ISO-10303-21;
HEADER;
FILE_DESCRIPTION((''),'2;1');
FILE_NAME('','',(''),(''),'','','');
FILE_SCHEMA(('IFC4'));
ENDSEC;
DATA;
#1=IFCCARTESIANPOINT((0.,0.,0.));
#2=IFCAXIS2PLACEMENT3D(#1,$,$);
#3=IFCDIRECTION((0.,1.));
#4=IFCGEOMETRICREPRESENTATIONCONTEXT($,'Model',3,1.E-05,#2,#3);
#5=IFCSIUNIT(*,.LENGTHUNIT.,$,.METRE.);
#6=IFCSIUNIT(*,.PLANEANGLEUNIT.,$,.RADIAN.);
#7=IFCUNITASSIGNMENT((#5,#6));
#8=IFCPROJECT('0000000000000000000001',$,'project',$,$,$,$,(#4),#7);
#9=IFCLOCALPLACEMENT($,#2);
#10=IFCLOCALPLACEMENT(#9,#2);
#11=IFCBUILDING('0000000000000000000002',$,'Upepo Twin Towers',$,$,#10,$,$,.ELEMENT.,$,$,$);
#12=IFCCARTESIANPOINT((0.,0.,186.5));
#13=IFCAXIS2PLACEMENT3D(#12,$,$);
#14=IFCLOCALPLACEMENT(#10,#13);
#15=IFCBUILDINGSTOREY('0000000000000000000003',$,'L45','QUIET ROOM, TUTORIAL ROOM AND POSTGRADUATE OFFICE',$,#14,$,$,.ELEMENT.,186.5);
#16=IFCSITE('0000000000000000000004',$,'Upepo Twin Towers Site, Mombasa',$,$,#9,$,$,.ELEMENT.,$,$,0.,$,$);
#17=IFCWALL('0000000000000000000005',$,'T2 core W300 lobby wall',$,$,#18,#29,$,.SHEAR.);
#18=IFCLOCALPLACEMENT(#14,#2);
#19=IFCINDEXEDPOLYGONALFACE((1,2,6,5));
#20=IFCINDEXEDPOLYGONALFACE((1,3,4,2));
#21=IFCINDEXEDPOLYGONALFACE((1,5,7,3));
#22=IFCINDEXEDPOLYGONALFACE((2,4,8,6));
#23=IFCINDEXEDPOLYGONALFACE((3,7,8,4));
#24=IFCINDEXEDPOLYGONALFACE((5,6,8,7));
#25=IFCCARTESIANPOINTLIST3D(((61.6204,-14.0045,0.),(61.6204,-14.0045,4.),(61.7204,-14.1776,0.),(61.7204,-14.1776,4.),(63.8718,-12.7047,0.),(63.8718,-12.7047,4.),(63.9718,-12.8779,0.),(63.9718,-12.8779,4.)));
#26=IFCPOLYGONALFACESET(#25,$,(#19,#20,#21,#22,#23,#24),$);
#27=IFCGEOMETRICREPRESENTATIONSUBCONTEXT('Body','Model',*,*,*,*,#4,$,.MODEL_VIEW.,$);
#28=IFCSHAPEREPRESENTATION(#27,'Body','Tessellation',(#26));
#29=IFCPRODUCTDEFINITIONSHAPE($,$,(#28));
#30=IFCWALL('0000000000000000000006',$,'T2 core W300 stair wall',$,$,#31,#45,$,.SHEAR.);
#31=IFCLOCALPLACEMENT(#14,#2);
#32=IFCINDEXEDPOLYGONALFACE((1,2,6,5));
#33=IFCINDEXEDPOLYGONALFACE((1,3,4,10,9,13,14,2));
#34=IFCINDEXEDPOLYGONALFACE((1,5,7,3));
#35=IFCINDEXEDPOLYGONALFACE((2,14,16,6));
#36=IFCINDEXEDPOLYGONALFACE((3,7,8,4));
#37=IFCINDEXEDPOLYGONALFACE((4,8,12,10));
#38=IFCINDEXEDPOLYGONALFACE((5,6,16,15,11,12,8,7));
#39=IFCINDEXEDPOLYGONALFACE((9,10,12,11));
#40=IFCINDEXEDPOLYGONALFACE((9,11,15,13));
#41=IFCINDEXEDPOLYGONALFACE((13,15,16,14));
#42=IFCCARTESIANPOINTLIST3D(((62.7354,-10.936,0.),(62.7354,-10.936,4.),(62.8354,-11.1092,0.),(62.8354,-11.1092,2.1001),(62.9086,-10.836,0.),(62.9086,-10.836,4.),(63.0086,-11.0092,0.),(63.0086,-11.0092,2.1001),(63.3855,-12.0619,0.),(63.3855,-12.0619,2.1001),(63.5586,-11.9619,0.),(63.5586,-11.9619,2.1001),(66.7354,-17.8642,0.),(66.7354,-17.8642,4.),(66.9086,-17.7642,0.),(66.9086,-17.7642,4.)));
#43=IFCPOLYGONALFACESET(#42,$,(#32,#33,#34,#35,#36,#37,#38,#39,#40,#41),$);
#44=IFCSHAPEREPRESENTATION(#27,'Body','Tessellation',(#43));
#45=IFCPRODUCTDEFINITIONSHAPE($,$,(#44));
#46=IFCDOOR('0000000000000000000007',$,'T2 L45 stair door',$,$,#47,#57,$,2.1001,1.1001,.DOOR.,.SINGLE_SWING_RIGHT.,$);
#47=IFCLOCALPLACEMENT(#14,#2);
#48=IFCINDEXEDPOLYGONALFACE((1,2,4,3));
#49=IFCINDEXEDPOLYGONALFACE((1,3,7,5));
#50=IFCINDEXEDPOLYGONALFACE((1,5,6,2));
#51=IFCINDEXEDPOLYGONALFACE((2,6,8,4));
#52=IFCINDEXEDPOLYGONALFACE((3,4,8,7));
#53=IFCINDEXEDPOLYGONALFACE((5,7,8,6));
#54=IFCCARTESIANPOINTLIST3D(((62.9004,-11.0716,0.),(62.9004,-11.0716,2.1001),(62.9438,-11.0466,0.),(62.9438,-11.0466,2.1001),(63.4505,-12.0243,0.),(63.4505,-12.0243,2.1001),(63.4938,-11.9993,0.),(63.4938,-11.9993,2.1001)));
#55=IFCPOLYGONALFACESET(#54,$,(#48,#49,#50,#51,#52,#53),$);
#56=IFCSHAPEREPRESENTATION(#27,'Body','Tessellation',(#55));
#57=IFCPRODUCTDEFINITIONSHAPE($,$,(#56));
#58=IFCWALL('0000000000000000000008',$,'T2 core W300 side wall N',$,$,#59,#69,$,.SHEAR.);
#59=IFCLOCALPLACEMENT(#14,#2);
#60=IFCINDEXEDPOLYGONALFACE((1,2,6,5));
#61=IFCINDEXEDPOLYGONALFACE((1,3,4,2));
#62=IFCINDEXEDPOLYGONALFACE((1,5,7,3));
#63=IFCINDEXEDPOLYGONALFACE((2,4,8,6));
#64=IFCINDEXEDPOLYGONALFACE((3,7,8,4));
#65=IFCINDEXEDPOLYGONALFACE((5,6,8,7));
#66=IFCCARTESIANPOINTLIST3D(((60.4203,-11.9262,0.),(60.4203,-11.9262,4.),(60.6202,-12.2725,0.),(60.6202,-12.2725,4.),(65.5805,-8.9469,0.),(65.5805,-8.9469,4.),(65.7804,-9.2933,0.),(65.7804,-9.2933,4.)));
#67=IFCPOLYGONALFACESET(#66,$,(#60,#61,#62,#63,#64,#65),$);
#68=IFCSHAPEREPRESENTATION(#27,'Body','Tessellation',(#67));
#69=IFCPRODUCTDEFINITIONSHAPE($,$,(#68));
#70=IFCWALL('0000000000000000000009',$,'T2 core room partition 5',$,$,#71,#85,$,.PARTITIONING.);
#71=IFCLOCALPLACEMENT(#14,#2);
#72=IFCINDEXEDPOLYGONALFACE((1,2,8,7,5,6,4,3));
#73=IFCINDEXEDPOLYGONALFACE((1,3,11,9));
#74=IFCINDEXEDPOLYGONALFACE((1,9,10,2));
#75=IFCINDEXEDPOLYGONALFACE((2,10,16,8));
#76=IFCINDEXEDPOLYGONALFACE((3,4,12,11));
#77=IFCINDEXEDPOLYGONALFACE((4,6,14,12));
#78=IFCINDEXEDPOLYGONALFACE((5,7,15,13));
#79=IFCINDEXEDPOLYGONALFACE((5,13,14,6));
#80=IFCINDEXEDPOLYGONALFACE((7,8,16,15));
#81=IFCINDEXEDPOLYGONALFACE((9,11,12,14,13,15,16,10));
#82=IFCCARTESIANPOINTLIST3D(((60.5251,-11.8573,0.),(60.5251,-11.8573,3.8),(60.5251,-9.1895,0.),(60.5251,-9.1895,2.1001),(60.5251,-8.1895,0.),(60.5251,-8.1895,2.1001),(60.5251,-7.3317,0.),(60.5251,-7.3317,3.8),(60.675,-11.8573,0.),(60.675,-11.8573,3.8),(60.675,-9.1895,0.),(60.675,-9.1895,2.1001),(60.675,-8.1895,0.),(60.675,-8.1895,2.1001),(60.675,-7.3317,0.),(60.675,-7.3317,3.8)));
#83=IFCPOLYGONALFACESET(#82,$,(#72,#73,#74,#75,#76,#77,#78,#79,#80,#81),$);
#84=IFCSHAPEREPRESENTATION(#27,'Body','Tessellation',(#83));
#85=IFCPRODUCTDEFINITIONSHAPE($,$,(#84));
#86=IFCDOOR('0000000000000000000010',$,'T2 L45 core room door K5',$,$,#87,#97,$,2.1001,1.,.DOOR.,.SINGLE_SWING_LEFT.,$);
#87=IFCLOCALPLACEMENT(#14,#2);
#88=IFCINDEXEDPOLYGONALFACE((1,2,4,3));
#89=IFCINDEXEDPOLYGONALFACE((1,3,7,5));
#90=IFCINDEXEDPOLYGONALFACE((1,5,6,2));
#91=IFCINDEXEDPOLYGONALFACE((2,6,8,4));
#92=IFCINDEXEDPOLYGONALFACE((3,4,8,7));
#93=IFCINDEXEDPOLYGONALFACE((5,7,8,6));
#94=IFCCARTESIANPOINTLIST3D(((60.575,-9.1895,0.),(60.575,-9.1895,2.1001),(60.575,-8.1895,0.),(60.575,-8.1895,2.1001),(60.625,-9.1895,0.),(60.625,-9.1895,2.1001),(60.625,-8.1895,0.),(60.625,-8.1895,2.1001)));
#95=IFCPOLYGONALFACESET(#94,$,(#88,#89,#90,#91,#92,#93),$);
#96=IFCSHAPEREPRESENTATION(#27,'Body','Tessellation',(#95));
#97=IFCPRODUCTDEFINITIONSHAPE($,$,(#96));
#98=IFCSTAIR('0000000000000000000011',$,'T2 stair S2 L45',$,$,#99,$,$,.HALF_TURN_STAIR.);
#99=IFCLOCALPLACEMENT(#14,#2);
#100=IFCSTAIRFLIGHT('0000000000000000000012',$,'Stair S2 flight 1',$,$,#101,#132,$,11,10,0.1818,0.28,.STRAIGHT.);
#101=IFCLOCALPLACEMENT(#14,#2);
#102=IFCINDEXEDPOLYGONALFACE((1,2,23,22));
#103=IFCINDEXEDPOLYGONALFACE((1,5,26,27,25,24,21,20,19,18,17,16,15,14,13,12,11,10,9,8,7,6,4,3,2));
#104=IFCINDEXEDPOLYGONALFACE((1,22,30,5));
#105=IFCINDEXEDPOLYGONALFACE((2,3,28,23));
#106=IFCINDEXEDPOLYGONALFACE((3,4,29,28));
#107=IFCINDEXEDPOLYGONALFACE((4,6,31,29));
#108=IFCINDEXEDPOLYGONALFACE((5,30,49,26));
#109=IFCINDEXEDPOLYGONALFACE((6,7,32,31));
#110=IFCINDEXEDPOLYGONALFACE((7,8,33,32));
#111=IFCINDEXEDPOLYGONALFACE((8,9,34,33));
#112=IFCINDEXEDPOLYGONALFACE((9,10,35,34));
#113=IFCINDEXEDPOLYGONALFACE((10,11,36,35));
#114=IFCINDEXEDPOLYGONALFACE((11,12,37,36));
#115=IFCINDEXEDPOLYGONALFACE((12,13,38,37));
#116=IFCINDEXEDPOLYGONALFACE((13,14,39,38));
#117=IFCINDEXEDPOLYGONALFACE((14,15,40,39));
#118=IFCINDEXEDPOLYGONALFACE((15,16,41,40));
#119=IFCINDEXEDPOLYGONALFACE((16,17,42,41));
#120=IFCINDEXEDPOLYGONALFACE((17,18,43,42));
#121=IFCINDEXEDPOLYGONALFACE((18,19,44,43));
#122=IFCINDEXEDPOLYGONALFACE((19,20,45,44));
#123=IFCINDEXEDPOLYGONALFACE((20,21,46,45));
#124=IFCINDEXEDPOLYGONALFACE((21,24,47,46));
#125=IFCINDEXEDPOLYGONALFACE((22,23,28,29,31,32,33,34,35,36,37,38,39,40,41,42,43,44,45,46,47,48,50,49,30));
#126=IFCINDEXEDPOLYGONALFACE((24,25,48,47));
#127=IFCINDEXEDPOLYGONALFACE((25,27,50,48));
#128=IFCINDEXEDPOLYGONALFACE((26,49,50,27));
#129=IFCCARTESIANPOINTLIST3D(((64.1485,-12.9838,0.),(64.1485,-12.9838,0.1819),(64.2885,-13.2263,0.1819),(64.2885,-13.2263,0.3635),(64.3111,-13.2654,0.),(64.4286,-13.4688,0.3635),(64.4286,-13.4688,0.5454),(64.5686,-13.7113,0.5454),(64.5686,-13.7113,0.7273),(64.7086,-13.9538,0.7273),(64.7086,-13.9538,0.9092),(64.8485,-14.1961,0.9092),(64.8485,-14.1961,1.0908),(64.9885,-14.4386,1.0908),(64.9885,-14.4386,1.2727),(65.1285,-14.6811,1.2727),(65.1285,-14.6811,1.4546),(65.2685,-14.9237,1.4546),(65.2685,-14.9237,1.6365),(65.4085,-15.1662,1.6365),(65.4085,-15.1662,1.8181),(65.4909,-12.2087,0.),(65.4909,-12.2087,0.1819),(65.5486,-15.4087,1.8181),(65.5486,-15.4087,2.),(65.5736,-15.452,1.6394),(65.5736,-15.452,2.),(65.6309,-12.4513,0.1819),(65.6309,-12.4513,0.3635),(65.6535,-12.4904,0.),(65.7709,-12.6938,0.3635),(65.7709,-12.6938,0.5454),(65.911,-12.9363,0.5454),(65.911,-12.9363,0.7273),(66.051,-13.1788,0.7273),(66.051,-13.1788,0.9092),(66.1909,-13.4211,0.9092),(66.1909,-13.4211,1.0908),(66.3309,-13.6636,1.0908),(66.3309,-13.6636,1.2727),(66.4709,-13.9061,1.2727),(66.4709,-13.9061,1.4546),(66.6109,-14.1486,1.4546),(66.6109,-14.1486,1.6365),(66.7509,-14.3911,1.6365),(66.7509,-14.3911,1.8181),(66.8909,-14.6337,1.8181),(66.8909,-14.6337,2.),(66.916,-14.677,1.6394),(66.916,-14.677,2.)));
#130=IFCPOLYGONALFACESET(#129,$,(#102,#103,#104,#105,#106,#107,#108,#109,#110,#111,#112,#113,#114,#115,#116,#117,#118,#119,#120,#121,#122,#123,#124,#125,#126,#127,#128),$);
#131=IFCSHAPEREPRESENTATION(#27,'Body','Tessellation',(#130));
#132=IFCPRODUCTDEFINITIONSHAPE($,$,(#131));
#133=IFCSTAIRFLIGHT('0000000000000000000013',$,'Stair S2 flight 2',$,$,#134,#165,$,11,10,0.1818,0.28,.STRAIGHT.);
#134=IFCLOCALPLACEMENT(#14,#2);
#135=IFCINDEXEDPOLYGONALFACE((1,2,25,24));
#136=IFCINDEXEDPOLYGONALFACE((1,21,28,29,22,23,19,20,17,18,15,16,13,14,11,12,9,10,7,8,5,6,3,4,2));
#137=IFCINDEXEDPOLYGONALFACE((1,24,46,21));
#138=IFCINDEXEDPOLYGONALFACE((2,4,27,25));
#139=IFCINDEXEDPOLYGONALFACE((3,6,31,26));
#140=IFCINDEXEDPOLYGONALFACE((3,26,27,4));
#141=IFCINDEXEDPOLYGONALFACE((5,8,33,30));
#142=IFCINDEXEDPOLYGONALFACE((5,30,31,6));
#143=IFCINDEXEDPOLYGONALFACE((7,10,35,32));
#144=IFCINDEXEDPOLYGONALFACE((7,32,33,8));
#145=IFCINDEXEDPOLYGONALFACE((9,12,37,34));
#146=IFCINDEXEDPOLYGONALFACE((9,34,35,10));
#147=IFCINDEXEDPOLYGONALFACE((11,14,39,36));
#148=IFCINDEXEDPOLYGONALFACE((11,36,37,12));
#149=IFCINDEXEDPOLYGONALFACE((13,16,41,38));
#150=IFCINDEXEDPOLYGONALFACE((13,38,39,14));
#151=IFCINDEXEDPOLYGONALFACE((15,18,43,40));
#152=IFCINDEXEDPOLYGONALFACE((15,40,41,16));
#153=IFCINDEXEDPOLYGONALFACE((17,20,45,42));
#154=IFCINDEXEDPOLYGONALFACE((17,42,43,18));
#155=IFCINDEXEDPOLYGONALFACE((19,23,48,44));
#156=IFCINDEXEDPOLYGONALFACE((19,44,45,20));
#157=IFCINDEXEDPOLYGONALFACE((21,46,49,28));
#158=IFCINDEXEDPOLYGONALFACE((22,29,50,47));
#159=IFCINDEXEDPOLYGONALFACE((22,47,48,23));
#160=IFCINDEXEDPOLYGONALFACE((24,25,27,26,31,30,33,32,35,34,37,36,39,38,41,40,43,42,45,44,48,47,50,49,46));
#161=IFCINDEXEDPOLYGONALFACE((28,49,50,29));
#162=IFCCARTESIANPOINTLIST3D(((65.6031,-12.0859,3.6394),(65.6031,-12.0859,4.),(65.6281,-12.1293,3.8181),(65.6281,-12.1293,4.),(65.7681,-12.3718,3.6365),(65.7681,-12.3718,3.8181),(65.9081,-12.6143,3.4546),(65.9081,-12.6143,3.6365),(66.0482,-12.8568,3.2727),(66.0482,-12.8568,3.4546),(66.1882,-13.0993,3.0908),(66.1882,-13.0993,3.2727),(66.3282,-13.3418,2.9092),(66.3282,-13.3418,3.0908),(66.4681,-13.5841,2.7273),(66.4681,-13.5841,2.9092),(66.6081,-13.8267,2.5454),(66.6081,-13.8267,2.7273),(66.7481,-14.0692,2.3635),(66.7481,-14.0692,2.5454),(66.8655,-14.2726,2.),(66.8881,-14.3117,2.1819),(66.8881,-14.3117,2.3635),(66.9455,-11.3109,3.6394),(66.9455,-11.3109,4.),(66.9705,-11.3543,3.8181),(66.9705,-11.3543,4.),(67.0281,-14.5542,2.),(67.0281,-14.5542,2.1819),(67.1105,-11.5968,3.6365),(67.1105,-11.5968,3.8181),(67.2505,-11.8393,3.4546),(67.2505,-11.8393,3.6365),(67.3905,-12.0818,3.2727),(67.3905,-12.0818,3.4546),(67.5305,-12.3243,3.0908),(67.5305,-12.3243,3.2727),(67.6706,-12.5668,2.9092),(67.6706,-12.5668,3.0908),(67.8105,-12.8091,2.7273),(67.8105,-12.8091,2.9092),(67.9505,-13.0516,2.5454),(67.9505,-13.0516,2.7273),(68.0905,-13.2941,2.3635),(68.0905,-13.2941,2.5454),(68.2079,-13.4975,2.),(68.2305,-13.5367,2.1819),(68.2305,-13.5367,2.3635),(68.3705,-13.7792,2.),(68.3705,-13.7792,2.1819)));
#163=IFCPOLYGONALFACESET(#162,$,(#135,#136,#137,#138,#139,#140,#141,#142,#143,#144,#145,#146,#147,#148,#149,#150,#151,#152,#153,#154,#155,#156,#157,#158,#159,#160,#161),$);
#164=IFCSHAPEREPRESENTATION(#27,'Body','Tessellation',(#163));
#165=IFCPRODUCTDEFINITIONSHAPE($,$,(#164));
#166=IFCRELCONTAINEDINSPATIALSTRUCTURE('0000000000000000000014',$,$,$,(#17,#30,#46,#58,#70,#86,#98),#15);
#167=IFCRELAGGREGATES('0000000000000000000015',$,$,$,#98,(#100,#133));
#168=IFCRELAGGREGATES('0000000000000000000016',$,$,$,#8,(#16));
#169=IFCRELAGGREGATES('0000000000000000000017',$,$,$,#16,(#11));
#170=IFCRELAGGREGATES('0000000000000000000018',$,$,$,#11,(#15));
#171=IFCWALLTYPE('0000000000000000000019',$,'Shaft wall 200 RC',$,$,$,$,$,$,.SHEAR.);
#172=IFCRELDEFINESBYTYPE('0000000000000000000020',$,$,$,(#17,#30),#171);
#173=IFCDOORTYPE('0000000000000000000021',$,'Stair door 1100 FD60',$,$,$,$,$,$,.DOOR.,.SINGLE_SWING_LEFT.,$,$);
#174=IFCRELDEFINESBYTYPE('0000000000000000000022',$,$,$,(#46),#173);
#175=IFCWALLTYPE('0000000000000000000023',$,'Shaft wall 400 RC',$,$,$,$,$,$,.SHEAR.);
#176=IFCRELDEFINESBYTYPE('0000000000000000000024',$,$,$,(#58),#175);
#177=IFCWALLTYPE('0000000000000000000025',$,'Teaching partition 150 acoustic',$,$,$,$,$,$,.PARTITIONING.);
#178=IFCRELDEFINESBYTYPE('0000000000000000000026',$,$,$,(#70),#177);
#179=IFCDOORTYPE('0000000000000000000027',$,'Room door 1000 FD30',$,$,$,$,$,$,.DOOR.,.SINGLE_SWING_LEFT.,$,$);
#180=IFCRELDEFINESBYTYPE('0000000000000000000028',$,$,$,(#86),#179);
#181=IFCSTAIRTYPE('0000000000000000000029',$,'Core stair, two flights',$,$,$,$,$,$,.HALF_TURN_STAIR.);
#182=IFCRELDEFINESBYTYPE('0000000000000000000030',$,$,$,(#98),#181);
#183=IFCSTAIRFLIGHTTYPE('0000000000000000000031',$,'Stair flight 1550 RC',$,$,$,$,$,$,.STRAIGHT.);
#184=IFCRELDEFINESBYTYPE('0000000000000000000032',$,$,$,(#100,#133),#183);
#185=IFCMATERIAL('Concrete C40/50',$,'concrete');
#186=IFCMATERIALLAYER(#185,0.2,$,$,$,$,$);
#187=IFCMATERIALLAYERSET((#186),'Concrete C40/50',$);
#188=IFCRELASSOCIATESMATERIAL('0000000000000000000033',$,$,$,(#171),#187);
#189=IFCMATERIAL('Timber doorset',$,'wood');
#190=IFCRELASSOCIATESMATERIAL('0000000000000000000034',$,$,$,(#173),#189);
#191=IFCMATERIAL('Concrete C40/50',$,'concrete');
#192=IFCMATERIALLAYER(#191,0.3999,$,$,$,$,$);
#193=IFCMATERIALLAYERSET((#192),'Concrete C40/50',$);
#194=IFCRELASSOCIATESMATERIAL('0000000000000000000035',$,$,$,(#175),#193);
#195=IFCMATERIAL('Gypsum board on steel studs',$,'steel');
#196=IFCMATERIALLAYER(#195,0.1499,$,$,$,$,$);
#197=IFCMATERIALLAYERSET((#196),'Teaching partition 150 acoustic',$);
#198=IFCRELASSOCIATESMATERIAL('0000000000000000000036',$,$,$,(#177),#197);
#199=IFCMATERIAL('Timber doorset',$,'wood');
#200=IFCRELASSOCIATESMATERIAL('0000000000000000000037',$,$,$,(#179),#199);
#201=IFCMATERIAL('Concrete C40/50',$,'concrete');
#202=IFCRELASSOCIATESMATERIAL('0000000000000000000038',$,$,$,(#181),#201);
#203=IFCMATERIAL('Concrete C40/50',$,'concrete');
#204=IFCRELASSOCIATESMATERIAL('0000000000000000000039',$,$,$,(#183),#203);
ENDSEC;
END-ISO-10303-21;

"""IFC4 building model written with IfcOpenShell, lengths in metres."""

from ifc_helpers import new_model, si_unit, direction, frame, frame_2d, origin, place, context, subcontext, project, spatial, polyline, rectangle, outline, extrude, material, layer, layer_set, type_object, element, fill, aggregate, save


model = new_model("IFC4")

# Units and contexts
model_context = context("Model", 3, precision=1e-05, world=origin(), true_north=direction((0.0, 1.0)))
body_context = subcontext(model_context, "Body", "Model", "MODEL_VIEW")
ifc_project = project(units=[si_unit("LENGTHUNIT", "METRE"), si_unit("PLANEANGLEUNIT", "RADIAN")], contexts=[model_context])

# Site, building, storey
site_placement = place(None, origin())
site = spatial("IfcSite", under=ifc_project, at=site_placement, Name="Upepo Twin Towers Site, Mombasa", CompositionType="ELEMENT", RefElevation=0.0)
building_placement = place(site_placement, origin())
building = spatial("IfcBuilding", under=site, at=building_placement, Name="Upepo Twin Towers", CompositionType="ELEMENT")
storey_placement = place(building_placement, frame((0.0, 0.0, 186.5)))
storey = spatial("IfcBuildingStorey", under=building, at=storey_placement, Name="L45", Description="QUIET ROOM, TUTORIAL ROOM AND POSTGRADUATE OFFICE", CompositionType="ELEMENT", Elevation=186.5)

# Wall
ifc_material_1 = material(Name="Concrete C40/50", Category="concrete")
ifc_layer_1 = layer(ifc_material_1, 0.2)
ifc_layer_set_1 = layer_set([ifc_layer_1], Name="Concrete C40/50")
wall_type_1 = type_object("IfcWallType", Name="Shaft wall 200 RC", PredefinedType="SHEAR", material=ifc_layer_set_1)
wall_1_placement = place(storey_placement, frame((61.6704, -14.0911, 0.0), z_axis=(0.0, 0.0, 1.0), x_axis=(0.866039, 0.499977, 0.0)))
element("IfcWall", 1, at=wall_1_placement, inside=storey, type_object=wall_type_1, Name="T2 core W300 lobby wall", PredefinedType="SHEAR", context=body_context, shape_type="SweptSolid", body=[
    extrude(rectangle(XDim=2.5996, YDim=0.2, at=frame_2d((1.2998, 0.0))), origin(), (0.0, 0.0, 1.0), 4.0),
])

# Wall, opening, door
wall_2_placement = place(storey_placement, frame((66.822, -17.8142, 0.0), z_axis=(0.0, 0.0, 1.0), x_axis=(-0.499999, 0.866026, 0.0)))
wall_2 = element("IfcWall", 2, at=wall_2_placement, inside=storey, type_object=wall_type_1, Name="T2 core W300 stair wall", PredefinedType="SHEAR", context=body_context, shape_type="SweptSolid", body=[
    extrude(rectangle(XDim=8.0, YDim=0.2, at=frame_2d((4.0, 0.0))), origin(), (0.0, 0.0, 1.0), 4.0),
])
opening_1_placement = place(wall_2_placement, frame((6.7, 0.0, 0.0)))
opening_1 = element("IfcOpeningElement", 3, at=opening_1_placement, cuts=wall_2, PredefinedType="OPENING", context=body_context, shape_type="SweptSolid", body=[
    extrude(rectangle(XDim=1.1001, YDim=2.1001, at=frame_2d((0.55, 1.05))), frame((0.0, 0.1099, 0.0), z_axis=(0.0, -1.0, 0.0), x_axis=(1.0, 0.0, 0.0)), (0.0, 0.0, 1.0), 0.22),
])
ifc_material_2 = material(Name="Timber doorset", Category="wood")
door_type_1 = type_object("IfcDoorType", Name="Stair door 1100 FD60", OperationType="SINGLE_SWING_LEFT", PredefinedType="DOOR", material=ifc_material_2)
door_1_placement = place(opening_1_placement, origin())
door_1 = element("IfcDoor", 4, at=door_1_placement, inside=storey, type_object=door_type_1, Name="T2 L45 stair door", OperationType="SINGLE_SWING_RIGHT", OverallHeight=2.1001, OverallWidth=1.1001, PredefinedType="DOOR", context=body_context, shape_type="SweptSolid", body=[
    extrude(rectangle(XDim=1.1001, YDim=2.1001, at=frame_2d((0.55, 1.05))), frame((0.0, 0.0249, 0.0), z_axis=(0.0, -1.0, 0.0), x_axis=(1.0, 0.0, 0.0)), (0.0, 0.0, 1.0), 0.05),
])
fill(opening_1, door_1)

# Wall
ifc_material_3 = material(Name="Concrete C40/50", Category="concrete")
ifc_layer_2 = layer(ifc_material_3, 0.3999)
ifc_layer_set_2 = layer_set([ifc_layer_2], Name="Concrete C40/50")
wall_type_2 = type_object("IfcWallType", Name="Shaft wall 400 RC", PredefinedType="SHEAR", material=ifc_layer_set_2)
wall_3_placement = place(storey_placement, frame((60.5203, -12.0994, 0.0), z_axis=(0.0, 0.0, 1.0), x_axis=(0.866023, 0.500004, 0.0)))
element("IfcWall", 5, at=wall_3_placement, inside=storey, type_object=wall_type_2, Name="T2 core W300 side wall N", PredefinedType="SHEAR", context=body_context, shape_type="SweptSolid", body=[
    extrude(rectangle(XDim=5.9585, YDim=0.3999, at=frame_2d((2.9792, 0.0))), origin(), (0.0, 0.0, 1.0), 4.0),
])

# Wall, opening, door
ifc_material_4 = material(Name="Gypsum board on steel studs", Category="steel")
ifc_layer_3 = layer(ifc_material_4, 0.1499)
ifc_layer_set_3 = layer_set([ifc_layer_3], Name="Teaching partition 150 acoustic")
wall_type_3 = type_object("IfcWallType", Name="Teaching partition 150 acoustic", PredefinedType="PARTITIONING", material=ifc_layer_set_3)
wall_4_placement = place(storey_placement, frame((60.6001, -7.3318, 0.0), z_axis=(0.0, 0.0, 1.0), x_axis=(0.0, -1.0, 0.0)))
wall_4 = element("IfcWall", 6, at=wall_4_placement, inside=storey, type_object=wall_type_3, Name="T2 core room partition 5", PredefinedType="PARTITIONING", context=body_context, shape_type="SweptSolid", body=[
    extrude(rectangle(XDim=4.5256, YDim=0.1499, at=frame_2d((2.2627, 0.0))), origin(), (0.0, 0.0, 1.0), 3.8),
])
opening_2_placement = place(wall_4_placement, frame((0.8577, 0.0, 0.0)))
opening_2 = element("IfcOpeningElement", 7, at=opening_2_placement, cuts=wall_4, PredefinedType="OPENING", context=body_context, shape_type="SweptSolid", body=[
    extrude(rectangle(XDim=1.0, YDim=2.1001, at=frame_2d((0.5, 1.05))), frame((0.0, 0.085, 0.0), z_axis=(0.0, -1.0, 0.0), x_axis=(1.0, 0.0, 0.0)), (0.0, 0.0, 1.0), 0.1699),
])
ifc_material_5 = material(Name="Timber doorset", Category="wood")
door_type_2 = type_object("IfcDoorType", Name="Room door 1000 FD30", OperationType="SINGLE_SWING_LEFT", PredefinedType="DOOR", material=ifc_material_5)
door_2_placement = place(opening_2_placement, origin())
door_2 = element("IfcDoor", 8, at=door_2_placement, inside=storey, type_object=door_type_2, Name="T2 L45 core room door K5", OperationType="SINGLE_SWING_LEFT", OverallHeight=2.1001, OverallWidth=1.0, PredefinedType="DOOR", context=body_context, shape_type="SweptSolid", body=[
    extrude(rectangle(XDim=1.0, YDim=2.1001, at=frame_2d((0.5, 1.05))), frame((0.0, 0.0249, 0.0), z_axis=(0.0, -1.0, 0.0), x_axis=(1.0, 0.0, 0.0)), (0.0, 0.0, 1.0), 0.05),
])
fill(opening_2, door_2)

# Stair, stair flights
ifc_material_6 = material(Name="Concrete C40/50", Category="concrete")
stair_type = type_object("IfcStairType", Name="Core stair, two flights", PredefinedType="HALF_TURN_STAIR", material=ifc_material_6)
stair_placement = place(storey_placement, origin())
stair = element("IfcStair", 9, at=stair_placement, inside=storey, type_object=stair_type, Name="T2 stair S2 L45", PredefinedType="HALF_TURN_STAIR")
ifc_material_7 = material(Name="Concrete C40/50", Category="concrete")
stair_flight_type = type_object("IfcStairFlightType", Name="Stair flight 1550 RC", PredefinedType="STRAIGHT", material=ifc_material_7)
stair_flight_1_placement = place(storey_placement, frame((64.8198, -12.5962, 0.0), z_axis=(0.0, 0.0, 1.0), x_axis=(0.5, -0.866025, 0.0)))
stair_flight_1 = element("IfcStairFlight", 10, at=stair_flight_1_placement, type_object=stair_flight_type, Name="Stair S2 flight 1", NumberOfRisers=11, NumberOfTreads=10, PredefinedType="STRAIGHT", RiserHeight=0.1818, TreadLength=0.28, context=body_context, shape_type="SweptSolid", body=[
    extrude(outline(polyline([(0.0, 0.0), (0.0, 0.1819), (0.28, 0.1819), (0.28, 0.3635), (0.5601, 0.3635), (0.5601, 0.5454), (0.8401, 0.5454), (0.8401, 0.7273), (1.1201, 0.7273), (1.1201, 0.9092), (1.3999, 0.9092), (1.3999, 1.0908), (1.6799, 1.0908), (1.6799, 1.2727), (1.96, 1.2727), (1.96, 1.4546), (2.24, 1.4546), (2.24, 1.6365), (2.52, 1.6365), (2.52, 1.8181), (2.8, 1.8181), (2.8, 2.0), (2.8501, 2.0), (2.8501, 1.6394), (0.3252, 0.0), (0.0, 0.0)])), frame((0.0, 0.7749, 0.0), z_axis=(0.0, -1.0, 0.0), x_axis=(1.0, 0.0, 0.0)), (0.0, 0.0, 1.0), 1.55),
])
stair_flight_2_placement = place(storey_placement, frame((67.6992, -14.1667, 2.0), z_axis=(0.0, 0.0, 1.0), x_axis=(-0.5, 0.866025, 0.0)))
stair_flight_2 = element("IfcStairFlight", 11, at=stair_flight_2_placement, type_object=stair_flight_type, Name="Stair S2 flight 2", NumberOfRisers=11, NumberOfTreads=10, PredefinedType="STRAIGHT", RiserHeight=0.1818, TreadLength=0.28, context=body_context, shape_type="SweptSolid", body=[
    extrude(outline(polyline([(0.0, 0.0), (0.0, 0.1819), (0.28, 0.1819), (0.28, 0.3635), (0.5601, 0.3635), (0.5601, 0.5454), (0.8401, 0.5454), (0.8401, 0.7273), (1.1201, 0.7273), (1.1201, 0.9092), (1.3999, 0.9092), (1.3999, 1.0908), (1.6799, 1.0908), (1.6799, 1.2727), (1.96, 1.2727), (1.96, 1.4546), (2.24, 1.4546), (2.24, 1.6365), (2.52, 1.6365), (2.52, 1.8181), (2.8, 1.8181), (2.8, 2.0), (2.8501, 2.0), (2.8501, 1.6394), (0.3252, 0.0), (0.0, 0.0)])), frame((0.0, 0.7749, 0.0), z_axis=(0.0, -1.0, 0.0), x_axis=(1.0, 0.0, 0.0)), (0.0, 0.0, 1.0), 1.55),
])
aggregate(stair, [stair_flight_1, stair_flight_2])

save(model, "model.ifc")
